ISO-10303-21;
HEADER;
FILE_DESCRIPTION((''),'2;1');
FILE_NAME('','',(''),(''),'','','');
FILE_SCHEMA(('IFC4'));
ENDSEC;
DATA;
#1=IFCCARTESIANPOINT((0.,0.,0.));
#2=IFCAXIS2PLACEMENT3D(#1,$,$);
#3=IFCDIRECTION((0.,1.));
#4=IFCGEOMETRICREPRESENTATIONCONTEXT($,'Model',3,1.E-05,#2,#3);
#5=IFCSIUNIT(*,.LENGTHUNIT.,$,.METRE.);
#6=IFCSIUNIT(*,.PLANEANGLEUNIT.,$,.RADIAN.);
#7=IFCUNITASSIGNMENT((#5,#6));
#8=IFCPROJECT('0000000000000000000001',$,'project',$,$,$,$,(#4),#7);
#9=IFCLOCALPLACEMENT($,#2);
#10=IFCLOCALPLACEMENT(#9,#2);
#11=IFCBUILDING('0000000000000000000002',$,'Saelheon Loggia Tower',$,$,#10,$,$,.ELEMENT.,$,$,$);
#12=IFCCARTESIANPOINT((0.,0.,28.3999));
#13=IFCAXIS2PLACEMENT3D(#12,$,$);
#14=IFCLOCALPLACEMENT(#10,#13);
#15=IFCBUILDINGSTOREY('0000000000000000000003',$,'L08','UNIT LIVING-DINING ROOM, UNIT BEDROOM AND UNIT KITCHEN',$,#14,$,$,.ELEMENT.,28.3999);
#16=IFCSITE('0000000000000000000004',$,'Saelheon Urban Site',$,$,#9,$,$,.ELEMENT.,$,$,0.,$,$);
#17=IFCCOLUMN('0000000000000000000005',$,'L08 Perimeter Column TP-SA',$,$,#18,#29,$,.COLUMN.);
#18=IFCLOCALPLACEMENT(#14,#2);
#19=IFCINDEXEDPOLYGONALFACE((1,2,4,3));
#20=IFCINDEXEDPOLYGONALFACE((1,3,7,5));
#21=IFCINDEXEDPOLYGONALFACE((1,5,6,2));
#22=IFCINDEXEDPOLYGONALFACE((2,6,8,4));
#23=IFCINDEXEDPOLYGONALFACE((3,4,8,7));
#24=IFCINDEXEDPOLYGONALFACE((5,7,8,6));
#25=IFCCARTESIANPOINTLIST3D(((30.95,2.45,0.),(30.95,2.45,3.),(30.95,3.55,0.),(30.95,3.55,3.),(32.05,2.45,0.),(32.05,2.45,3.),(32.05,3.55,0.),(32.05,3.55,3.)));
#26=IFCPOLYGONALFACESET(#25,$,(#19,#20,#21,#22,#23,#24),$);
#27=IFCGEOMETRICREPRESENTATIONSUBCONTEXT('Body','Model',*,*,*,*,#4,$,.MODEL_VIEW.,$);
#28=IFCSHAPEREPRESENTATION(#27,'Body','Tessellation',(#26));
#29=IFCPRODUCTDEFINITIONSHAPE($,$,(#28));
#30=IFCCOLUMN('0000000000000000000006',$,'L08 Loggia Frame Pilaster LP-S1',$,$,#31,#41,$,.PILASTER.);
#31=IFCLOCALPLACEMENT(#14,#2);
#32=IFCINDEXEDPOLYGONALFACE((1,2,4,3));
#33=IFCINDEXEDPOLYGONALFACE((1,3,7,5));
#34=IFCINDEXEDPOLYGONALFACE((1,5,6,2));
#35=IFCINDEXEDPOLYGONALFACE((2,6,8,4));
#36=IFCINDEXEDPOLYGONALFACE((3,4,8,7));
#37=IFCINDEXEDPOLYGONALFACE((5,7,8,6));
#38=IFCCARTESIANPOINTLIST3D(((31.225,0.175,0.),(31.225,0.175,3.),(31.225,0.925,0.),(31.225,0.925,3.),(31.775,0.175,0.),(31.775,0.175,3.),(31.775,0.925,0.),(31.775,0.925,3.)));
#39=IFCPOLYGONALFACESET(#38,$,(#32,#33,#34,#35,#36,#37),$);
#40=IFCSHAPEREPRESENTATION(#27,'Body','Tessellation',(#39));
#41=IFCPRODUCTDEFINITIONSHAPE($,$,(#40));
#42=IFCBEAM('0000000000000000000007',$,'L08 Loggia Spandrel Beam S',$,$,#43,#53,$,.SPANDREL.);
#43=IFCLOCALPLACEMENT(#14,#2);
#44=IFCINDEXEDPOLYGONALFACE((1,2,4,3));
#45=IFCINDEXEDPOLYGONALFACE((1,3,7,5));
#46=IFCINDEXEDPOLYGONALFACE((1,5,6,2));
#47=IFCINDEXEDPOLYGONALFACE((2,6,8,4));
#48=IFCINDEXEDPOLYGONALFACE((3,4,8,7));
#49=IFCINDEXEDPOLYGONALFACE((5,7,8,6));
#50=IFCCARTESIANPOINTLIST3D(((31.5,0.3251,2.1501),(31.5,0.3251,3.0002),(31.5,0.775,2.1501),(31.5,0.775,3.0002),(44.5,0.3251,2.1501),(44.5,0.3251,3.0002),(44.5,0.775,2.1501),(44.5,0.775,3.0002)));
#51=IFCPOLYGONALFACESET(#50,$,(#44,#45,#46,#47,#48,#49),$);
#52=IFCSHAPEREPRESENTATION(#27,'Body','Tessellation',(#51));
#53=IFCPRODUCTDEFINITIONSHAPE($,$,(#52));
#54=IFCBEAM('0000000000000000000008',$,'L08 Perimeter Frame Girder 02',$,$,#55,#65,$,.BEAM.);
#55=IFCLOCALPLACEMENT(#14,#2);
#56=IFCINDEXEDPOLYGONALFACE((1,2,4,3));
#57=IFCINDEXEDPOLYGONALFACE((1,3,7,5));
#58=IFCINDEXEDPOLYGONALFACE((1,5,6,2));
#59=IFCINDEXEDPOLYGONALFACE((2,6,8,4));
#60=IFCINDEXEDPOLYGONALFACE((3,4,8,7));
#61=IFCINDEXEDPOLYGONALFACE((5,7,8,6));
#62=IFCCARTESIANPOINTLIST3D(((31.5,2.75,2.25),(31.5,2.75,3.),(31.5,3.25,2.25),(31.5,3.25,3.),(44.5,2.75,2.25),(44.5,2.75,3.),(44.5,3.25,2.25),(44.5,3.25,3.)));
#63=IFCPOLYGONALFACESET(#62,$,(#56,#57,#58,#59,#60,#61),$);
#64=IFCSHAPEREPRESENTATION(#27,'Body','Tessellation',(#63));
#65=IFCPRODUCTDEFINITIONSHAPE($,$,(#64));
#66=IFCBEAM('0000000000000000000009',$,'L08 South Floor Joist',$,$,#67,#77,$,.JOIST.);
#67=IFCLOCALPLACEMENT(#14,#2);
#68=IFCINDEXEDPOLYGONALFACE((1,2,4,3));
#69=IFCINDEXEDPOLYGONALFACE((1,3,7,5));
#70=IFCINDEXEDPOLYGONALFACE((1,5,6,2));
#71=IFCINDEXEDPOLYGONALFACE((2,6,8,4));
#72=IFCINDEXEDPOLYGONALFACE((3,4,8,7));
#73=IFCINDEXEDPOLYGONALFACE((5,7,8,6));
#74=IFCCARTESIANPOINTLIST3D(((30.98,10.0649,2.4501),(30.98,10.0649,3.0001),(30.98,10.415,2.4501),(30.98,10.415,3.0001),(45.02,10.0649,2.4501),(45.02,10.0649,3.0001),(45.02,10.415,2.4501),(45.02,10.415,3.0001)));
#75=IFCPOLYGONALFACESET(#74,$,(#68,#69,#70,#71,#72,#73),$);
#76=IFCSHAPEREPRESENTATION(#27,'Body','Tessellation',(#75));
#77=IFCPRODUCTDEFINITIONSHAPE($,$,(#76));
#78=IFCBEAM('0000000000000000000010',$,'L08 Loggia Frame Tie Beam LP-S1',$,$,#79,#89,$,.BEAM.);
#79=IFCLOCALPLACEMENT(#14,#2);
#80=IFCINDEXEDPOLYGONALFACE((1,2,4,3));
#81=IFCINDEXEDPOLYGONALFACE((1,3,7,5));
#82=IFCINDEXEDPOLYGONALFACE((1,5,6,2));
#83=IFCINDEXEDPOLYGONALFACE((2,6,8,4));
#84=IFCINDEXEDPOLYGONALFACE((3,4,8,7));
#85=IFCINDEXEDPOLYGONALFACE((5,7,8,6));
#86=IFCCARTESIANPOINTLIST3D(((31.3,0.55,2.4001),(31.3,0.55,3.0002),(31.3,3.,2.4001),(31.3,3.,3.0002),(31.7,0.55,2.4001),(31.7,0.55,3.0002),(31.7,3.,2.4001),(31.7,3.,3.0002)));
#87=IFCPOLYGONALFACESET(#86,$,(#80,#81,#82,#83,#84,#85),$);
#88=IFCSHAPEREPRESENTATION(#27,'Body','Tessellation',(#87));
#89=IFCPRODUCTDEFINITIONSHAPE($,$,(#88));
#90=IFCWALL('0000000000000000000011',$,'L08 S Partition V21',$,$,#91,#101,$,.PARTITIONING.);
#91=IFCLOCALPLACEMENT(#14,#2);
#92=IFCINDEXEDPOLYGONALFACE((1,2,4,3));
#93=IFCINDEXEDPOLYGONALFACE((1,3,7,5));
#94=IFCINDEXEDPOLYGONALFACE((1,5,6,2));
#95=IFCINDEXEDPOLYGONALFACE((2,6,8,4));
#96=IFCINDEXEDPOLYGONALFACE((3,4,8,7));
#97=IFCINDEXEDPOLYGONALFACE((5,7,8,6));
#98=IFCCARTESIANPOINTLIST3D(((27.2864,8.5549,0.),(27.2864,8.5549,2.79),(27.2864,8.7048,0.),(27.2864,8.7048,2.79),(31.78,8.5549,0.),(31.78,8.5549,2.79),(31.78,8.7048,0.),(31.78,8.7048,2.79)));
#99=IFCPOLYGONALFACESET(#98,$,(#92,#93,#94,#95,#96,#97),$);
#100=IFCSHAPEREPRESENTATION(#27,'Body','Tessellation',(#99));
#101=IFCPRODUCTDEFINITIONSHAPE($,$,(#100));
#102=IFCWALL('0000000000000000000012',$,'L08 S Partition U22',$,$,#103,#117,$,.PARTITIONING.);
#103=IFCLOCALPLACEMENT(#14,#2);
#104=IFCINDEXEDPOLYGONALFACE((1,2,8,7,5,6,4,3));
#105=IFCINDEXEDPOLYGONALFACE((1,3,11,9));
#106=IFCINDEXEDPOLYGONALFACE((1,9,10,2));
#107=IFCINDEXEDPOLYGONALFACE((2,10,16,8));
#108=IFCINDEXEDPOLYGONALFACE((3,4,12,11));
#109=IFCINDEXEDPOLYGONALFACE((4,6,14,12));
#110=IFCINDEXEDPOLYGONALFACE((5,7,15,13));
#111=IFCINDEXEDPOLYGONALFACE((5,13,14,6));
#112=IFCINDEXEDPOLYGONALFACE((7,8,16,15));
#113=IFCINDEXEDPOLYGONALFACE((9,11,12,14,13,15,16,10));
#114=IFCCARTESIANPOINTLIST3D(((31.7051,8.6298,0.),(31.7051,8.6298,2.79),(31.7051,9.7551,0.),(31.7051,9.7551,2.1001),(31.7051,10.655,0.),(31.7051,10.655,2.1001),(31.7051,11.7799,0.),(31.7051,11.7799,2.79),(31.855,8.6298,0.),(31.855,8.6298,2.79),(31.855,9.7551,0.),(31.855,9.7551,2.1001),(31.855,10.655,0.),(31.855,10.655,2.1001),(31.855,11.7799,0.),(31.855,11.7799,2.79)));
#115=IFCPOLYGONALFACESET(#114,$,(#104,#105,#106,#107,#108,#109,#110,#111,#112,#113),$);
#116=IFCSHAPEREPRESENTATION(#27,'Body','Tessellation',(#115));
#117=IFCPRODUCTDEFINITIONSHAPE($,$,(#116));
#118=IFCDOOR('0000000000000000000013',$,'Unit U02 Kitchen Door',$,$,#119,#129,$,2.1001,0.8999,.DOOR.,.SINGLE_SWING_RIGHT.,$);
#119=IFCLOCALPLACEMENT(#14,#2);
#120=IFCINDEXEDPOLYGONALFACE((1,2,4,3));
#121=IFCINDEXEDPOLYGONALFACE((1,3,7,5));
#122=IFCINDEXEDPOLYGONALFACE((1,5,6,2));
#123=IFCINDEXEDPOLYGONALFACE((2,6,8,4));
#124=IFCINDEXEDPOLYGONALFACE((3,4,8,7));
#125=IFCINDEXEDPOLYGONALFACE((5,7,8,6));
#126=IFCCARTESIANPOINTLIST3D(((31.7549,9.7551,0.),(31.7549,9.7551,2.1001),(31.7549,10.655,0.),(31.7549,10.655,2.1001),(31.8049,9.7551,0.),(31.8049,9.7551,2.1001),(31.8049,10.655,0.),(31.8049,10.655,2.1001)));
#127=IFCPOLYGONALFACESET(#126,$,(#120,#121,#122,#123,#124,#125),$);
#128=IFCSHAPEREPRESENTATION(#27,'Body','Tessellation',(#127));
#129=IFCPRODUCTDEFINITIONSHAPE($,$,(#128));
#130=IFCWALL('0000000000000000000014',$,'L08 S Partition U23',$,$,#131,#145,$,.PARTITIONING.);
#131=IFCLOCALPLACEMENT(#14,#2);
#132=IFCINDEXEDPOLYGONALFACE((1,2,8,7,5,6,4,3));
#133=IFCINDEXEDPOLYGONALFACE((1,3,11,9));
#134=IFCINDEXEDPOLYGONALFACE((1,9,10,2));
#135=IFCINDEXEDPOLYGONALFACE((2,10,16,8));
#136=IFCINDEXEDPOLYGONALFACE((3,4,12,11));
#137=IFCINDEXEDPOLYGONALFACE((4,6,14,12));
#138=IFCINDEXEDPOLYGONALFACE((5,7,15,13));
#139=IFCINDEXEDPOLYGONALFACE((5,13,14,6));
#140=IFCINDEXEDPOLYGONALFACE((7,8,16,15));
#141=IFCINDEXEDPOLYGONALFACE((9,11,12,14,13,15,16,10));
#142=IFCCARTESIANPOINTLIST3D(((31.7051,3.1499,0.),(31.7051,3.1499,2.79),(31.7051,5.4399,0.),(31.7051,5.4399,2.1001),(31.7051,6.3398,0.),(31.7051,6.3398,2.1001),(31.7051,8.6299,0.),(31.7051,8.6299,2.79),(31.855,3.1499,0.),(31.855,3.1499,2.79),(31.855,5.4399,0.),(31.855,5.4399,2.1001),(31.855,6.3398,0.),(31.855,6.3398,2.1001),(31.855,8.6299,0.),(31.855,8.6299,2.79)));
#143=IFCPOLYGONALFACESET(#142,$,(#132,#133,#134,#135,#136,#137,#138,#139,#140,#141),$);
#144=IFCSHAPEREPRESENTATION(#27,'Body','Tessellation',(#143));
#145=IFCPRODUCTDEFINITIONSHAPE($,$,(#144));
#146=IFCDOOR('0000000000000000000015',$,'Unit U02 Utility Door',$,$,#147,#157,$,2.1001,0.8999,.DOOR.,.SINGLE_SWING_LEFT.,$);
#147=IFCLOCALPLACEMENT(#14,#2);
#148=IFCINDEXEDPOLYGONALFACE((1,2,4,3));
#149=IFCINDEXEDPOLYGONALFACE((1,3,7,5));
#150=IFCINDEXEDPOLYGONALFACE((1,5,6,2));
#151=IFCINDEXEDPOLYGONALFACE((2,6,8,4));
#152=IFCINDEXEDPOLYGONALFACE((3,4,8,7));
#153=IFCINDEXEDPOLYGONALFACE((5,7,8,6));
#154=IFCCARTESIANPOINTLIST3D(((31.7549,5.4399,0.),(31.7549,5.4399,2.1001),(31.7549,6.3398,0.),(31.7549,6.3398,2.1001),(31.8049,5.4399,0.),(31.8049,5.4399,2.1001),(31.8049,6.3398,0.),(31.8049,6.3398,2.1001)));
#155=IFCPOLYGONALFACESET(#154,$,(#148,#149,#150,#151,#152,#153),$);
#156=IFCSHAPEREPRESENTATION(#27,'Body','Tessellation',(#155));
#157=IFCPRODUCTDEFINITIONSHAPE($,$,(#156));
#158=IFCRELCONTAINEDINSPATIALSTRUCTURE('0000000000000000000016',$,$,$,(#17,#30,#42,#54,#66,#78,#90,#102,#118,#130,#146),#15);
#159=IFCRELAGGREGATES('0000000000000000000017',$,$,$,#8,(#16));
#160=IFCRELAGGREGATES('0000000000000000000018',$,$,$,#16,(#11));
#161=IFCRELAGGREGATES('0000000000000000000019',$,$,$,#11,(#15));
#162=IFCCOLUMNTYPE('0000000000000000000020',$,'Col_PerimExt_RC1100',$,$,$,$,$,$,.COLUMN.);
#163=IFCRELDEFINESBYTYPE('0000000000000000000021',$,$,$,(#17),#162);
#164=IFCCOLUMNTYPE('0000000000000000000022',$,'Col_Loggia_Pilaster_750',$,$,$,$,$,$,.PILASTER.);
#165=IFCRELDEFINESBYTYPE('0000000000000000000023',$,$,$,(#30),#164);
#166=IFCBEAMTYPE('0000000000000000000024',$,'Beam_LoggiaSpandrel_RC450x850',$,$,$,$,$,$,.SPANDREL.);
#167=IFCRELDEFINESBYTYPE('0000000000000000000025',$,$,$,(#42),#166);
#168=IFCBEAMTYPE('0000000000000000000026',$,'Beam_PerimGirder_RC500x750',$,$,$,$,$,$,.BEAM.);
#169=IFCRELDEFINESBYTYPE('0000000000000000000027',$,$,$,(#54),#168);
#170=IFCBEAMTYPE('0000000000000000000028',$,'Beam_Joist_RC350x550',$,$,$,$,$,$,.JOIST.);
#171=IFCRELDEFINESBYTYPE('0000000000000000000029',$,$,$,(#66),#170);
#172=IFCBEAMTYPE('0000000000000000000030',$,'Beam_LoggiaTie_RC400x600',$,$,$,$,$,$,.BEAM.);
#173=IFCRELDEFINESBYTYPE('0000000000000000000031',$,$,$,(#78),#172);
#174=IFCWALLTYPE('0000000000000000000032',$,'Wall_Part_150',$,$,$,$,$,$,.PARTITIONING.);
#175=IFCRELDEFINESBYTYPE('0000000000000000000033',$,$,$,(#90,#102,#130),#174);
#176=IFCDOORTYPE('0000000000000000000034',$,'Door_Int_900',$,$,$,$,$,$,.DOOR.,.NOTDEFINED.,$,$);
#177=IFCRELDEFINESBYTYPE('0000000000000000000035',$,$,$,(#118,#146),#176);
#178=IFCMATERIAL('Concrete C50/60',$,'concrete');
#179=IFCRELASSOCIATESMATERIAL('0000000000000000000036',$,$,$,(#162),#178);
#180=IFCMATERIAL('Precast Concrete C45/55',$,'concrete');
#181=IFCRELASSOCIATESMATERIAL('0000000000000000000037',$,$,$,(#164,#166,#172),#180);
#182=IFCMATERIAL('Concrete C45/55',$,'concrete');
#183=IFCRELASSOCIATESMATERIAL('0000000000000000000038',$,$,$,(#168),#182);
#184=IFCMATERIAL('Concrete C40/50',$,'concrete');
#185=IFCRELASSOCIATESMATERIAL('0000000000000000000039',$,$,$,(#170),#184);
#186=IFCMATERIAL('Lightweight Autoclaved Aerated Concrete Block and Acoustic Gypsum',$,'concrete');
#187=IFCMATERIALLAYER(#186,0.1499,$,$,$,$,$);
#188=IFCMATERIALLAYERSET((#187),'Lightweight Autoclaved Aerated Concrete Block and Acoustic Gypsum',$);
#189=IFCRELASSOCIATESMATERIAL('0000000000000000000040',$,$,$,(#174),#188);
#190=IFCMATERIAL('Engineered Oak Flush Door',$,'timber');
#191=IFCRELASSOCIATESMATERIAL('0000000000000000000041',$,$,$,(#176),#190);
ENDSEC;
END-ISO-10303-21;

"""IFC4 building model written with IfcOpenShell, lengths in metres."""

from ifc_helpers import new_model, si_unit, direction, frame, frame_2d, origin, origin_2d, place, context, subcontext, project, spatial, rectangle, extrude, source, transform, mapped, material, layer, layer_set, material_profile, profile_set, type_object, element, fill, save


model = new_model("IFC4")

# Units and contexts
model_context = context("Model", 3, precision=1e-05, world=origin(), true_north=direction((0.0, 1.0)))
body_context = subcontext(model_context, "Body", "Model", "MODEL_VIEW")
ifc_project = project(units=[si_unit("LENGTHUNIT", "METRE"), si_unit("PLANEANGLEUNIT", "RADIAN")], contexts=[model_context])

# Site, building, storey
site_placement = place(None, origin())
site = spatial("IfcSite", under=ifc_project, at=site_placement, Name="Saelheon Urban Site", CompositionType="ELEMENT", RefElevation=0.0)
building_placement = place(site_placement, origin())
building = spatial("IfcBuilding", under=site, at=building_placement, Name="Saelheon Loggia Tower", CompositionType="ELEMENT")
storey_placement = place(building_placement, frame((0.0, 0.0, 28.3999)))
storey = spatial("IfcBuildingStorey", under=building, at=storey_placement, Name="L08", Description="UNIT LIVING-DINING ROOM, UNIT BEDROOM AND UNIT KITCHEN", CompositionType="ELEMENT", Elevation=28.3999)

# Columns
ifc_material_1 = material(Name="Concrete C50/60", Category="concrete")
ifc_material_profile_1 = material_profile(ifc_material_1, rectangle(XDim=1.1001, YDim=1.1001, at=origin_2d()), Name="RC-1100x1100")
ifc_profile_set_1 = profile_set([ifc_material_profile_1], Name="Concrete C50/60")
column_type_1 = type_object("IfcColumnType", Name="Col_PerimExt_RC1100", PredefinedType="COLUMN", material=ifc_profile_set_1)
shared_shape_1 = source(origin(), body_context, "Body", "SweptSolid", [
    extrude(rectangle(XDim=1.1001, YDim=1.1001, at=origin_2d()), origin(), (0.0, 0.0, 1.0), 3.0),
])
column_1_placement = place(storey_placement, frame((31.5, 3.0, 0.0), z_axis=(0.0, 0.0, 1.0), x_axis=(1.0, 0.0, 0.0)))
element("IfcColumn", 1, at=column_1_placement, inside=storey, type_object=column_type_1, Name="L08 Perimeter Column TP-SA", PredefinedType="COLUMN", context=body_context, shape_type="MappedRepresentation", body=[
    mapped(shared_shape_1, transform((0.0, 0.0, 0.0), scale=1.0)),
])
ifc_material_2 = material(Name="Precast Concrete C45/55", Category="concrete")
ifc_material_profile_2 = material_profile(ifc_material_2, rectangle(XDim=0.55, YDim=0.75, at=origin_2d()), Name="RC-550x750")
ifc_profile_set_2 = profile_set([ifc_material_profile_2], Name="Precast Concrete C45/55")
column_type_2 = type_object("IfcColumnType", Name="Col_Loggia_Pilaster_750", PredefinedType="PILASTER", material=ifc_profile_set_2)
shared_shape_2 = source(origin(), body_context, "Body", "SweptSolid", [
    extrude(rectangle(XDim=0.55, YDim=0.75, at=origin_2d()), origin(), (0.0, 0.0, 1.0), 3.0),
])
column_2_placement = place(storey_placement, frame((31.5, 0.55, 0.0), z_axis=(0.0, 0.0, 1.0), x_axis=(1.0, 0.0, 0.0)))
element("IfcColumn", 2, at=column_2_placement, inside=storey, type_object=column_type_2, Name="L08 Loggia Frame Pilaster LP-S1", PredefinedType="PILASTER", context=body_context, shape_type="MappedRepresentation", body=[
    mapped(shared_shape_2, transform((0.0, 0.0, 0.0), scale=1.0)),
])

# Beams
ifc_material_profile_3 = material_profile(ifc_material_2, rectangle(XDim=0.45, YDim=0.8501, at=origin_2d()), Name="RC-450x850")
ifc_profile_set_3 = profile_set([ifc_material_profile_3], Name="Precast Concrete C45/55")
beam_type_1 = type_object("IfcBeamType", Name="Beam_LoggiaSpandrel_RC450x850", PredefinedType="SPANDREL", material=ifc_profile_set_3)
shared_shape_3 = source(origin(), body_context, "Body", "SweptSolid", [
    extrude(rectangle(XDim=0.45, YDim=0.8501, at=origin_2d()), origin(), (0.0, 0.0, 1.0), 13.0),
])
beam_1_placement = place(storey_placement, frame((31.5, 0.55, 2.5752), z_axis=(1.0, 0.0, 0.0), x_axis=(0.0, 1.0, 0.0)))
element("IfcBeam", 3, at=beam_1_placement, inside=storey, type_object=beam_type_1, Name="L08 Loggia Spandrel Beam S", PredefinedType="SPANDREL", context=body_context, shape_type="MappedRepresentation", body=[
    mapped(shared_shape_3, transform((0.0, 0.0, 0.0), scale=1.0)),
])
ifc_material_3 = material(Name="Concrete C45/55", Category="concrete")
ifc_material_profile_4 = material_profile(ifc_material_3, rectangle(XDim=0.5, YDim=0.75, at=origin_2d()), Name="RC-500x750")
ifc_profile_set_4 = profile_set([ifc_material_profile_4], Name="Concrete C45/55")
beam_type_2 = type_object("IfcBeamType", Name="Beam_PerimGirder_RC500x750", PredefinedType="BEAM", material=ifc_profile_set_4)
shared_shape_4 = source(origin(), body_context, "Body", "SweptSolid", [
    extrude(rectangle(XDim=0.5, YDim=0.75, at=origin_2d()), origin(), (0.0, 0.0, 1.0), 13.0),
])
beam_2_placement = place(storey_placement, frame((31.5, 3.0, 2.625), z_axis=(1.0, 0.0, 0.0), x_axis=(0.0, 1.0, 0.0)))
element("IfcBeam", 4, at=beam_2_placement, inside=storey, type_object=beam_type_2, Name="L08 Perimeter Frame Girder 02", PredefinedType="BEAM", context=body_context, shape_type="MappedRepresentation", body=[
    mapped(shared_shape_4, transform((0.0, 0.0, 0.0), scale=1.0)),
])
ifc_material_4 = material(Name="Concrete C40/50", Category="concrete")
ifc_material_profile_5 = material_profile(ifc_material_4, rectangle(XDim=0.3501, YDim=0.55, at=origin_2d()), Name="RC-350x550")
ifc_profile_set_5 = profile_set([ifc_material_profile_5], Name="Concrete C40/50")
beam_type_3 = type_object("IfcBeamType", Name="Beam_Joist_RC350x550", PredefinedType="JOIST", material=ifc_profile_set_5)
shared_shape_5 = source(origin(), body_context, "Body", "SweptSolid", [
    extrude(rectangle(XDim=0.3501, YDim=0.55, at=origin_2d()), origin(), (0.0, 0.0, 1.0), 14.04),
])
beam_3_placement = place(storey_placement, frame((30.98, 10.24, 2.7251), z_axis=(1.0, 0.0, 0.0), x_axis=(0.0, 1.0, 0.0)))
element("IfcBeam", 5, at=beam_3_placement, inside=storey, type_object=beam_type_3, Name="L08 South Floor Joist", PredefinedType="JOIST", context=body_context, shape_type="MappedRepresentation", body=[
    mapped(shared_shape_5, transform((0.0, 0.0, 0.0), scale=1.0)),
])
ifc_material_profile_6 = material_profile(ifc_material_2, rectangle(XDim=0.3999, YDim=0.6001, at=origin_2d()), Name="RC-400x600")
ifc_profile_set_6 = profile_set([ifc_material_profile_6], Name="Precast Concrete C45/55")
beam_type_4 = type_object("IfcBeamType", Name="Beam_LoggiaTie_RC400x600", PredefinedType="BEAM", material=ifc_profile_set_6)
shared_shape_6 = source(origin(), body_context, "Body", "SweptSolid", [
    extrude(rectangle(XDim=0.3999, YDim=0.6001, at=origin_2d()), origin(), (0.0, 0.0, 1.0), 2.45),
])
beam_4_placement = place(storey_placement, frame((31.5, 3.0, 2.7002), z_axis=(0.0, -1.0, 0.0), x_axis=(1.0, 0.0, 0.0)))
element("IfcBeam", 6, at=beam_4_placement, inside=storey, type_object=beam_type_4, Name="L08 Loggia Frame Tie Beam LP-S1", PredefinedType="BEAM", context=body_context, shape_type="MappedRepresentation", body=[
    mapped(shared_shape_6, transform((0.0, 0.0, 0.0), scale=1.0)),
])

# Wall
ifc_material_5 = material(Name="Lightweight Autoclaved Aerated Concrete Block and Acoustic Gypsum", Category="concrete")
ifc_layer = layer(ifc_material_5, 0.1499)
ifc_layer_set = layer_set([ifc_layer], Name="Lightweight Autoclaved Aerated Concrete Block and Acoustic Gypsum")
wall_type = type_object("IfcWallType", Name="Wall_Part_150", PredefinedType="PARTITIONING", material=ifc_layer_set)
wall_1_placement = place(storey_placement, frame((27.2864, 8.6299, 0.0), z_axis=(0.0, 0.0, 1.0), x_axis=(1.0, 0.0, 0.0)))
element("IfcWall", 7, at=wall_1_placement, inside=storey, type_object=wall_type, Name="L08 S Partition V21", PredefinedType="PARTITIONING", context=body_context, shape_type="SweptSolid", body=[
    extrude(rectangle(XDim=4.4937, YDim=0.1499, at=frame_2d((2.2468, 0.0))), origin(), (0.0, 0.0, 1.0), 2.79),
])

# Walls, openings, doors
wall_2_placement = place(storey_placement, frame((31.78, 11.78, 0.0), z_axis=(0.0, 0.0, 1.0), x_axis=(0.0, -1.0, 0.0)))
wall_2 = element("IfcWall", 8, at=wall_2_placement, inside=storey, type_object=wall_type, Name="L08 S Partition U22", PredefinedType="PARTITIONING", context=body_context, shape_type="SweptSolid", body=[
    extrude(rectangle(XDim=3.1501, YDim=0.1499, at=frame_2d((1.5752, 0.0))), origin(), (0.0, 0.0, 1.0), 2.79),
])
opening_1_placement = place(wall_2_placement, frame((1.125, 0.0, 0.0)))
opening_1 = element("IfcOpeningElement", 9, at=opening_1_placement, cuts=wall_2, PredefinedType="OPENING", context=body_context, shape_type="SweptSolid", body=[
    extrude(rectangle(XDim=0.8999, YDim=2.1001, at=frame_2d((0.45, 1.05))), frame((0.0, 0.0869, 0.0), z_axis=(0.0, -1.0, 0.0), x_axis=(1.0, 0.0, 0.0)), (0.0, 0.0, 1.0), 0.1738),
])
ifc_material_6 = material(Name="Engineered Oak Flush Door", Category="timber")
door_type = type_object("IfcDoorType", Name="Door_Int_900", OperationType="NOTDEFINED", PredefinedType="DOOR", material=ifc_material_6)
shared_shape_7 = source(origin(), body_context, "Body", "SweptSolid", [
    extrude(rectangle(XDim=0.8999, YDim=2.1001, at=frame_2d((0.45, 1.05))), frame((0.0, 0.0249, 0.0), z_axis=(0.0, -1.0, 0.0), x_axis=(1.0, 0.0, 0.0)), (0.0, 0.0, 1.0), 0.05),
])
door_1_placement = place(opening_1_placement, origin())
door_1 = element("IfcDoor", 10, at=door_1_placement, inside=storey, type_object=door_type, Name="Unit U02 Kitchen Door", OperationType="SINGLE_SWING_RIGHT", OverallHeight=2.1001, OverallWidth=0.8999, PredefinedType="DOOR", context=body_context, shape_type="MappedRepresentation", body=[
    mapped(shared_shape_7, transform((0.0, 0.0, 0.0), scale=1.0)),
])
fill(opening_1, door_1)
wall_3_placement = place(storey_placement, frame((31.78, 8.6299, 0.0), z_axis=(0.0, 0.0, 1.0), x_axis=(0.0, -1.0, 0.0)))
wall_3 = element("IfcWall", 11, at=wall_3_placement, inside=storey, type_object=wall_type, Name="L08 S Partition U23", PredefinedType="PARTITIONING", context=body_context, shape_type="SweptSolid", body=[
    extrude(rectangle(XDim=5.48, YDim=0.1499, at=frame_2d((2.74, 0.0))), origin(), (0.0, 0.0, 1.0), 2.79),
])
opening_2_placement = place(wall_3_placement, frame((2.29, 0.0, 0.0)))
opening_2 = element("IfcOpeningElement", 12, at=opening_2_placement, cuts=wall_3, PredefinedType="OPENING", context=body_context, shape_type="SweptSolid", body=[
    extrude(rectangle(XDim=0.8999, YDim=2.1001, at=frame_2d((0.45, 1.05))), frame((0.0, 0.0869, 0.0), z_axis=(0.0, -1.0, 0.0), x_axis=(1.0, 0.0, 0.0)), (0.0, 0.0, 1.0), 0.1738),
])
door_2_placement = place(opening_2_placement, origin())
door_2 = element("IfcDoor", 13, at=door_2_placement, inside=storey, type_object=door_type, Name="Unit U02 Utility Door", OperationType="SINGLE_SWING_LEFT", OverallHeight=2.1001, OverallWidth=0.8999, PredefinedType="DOOR", context=body_context, shape_type="MappedRepresentation", body=[
    mapped(shared_shape_7, transform((0.0, 0.0, 0.0), scale=1.0)),
])
fill(opening_2, door_2)

save(model, "model.ifc")
